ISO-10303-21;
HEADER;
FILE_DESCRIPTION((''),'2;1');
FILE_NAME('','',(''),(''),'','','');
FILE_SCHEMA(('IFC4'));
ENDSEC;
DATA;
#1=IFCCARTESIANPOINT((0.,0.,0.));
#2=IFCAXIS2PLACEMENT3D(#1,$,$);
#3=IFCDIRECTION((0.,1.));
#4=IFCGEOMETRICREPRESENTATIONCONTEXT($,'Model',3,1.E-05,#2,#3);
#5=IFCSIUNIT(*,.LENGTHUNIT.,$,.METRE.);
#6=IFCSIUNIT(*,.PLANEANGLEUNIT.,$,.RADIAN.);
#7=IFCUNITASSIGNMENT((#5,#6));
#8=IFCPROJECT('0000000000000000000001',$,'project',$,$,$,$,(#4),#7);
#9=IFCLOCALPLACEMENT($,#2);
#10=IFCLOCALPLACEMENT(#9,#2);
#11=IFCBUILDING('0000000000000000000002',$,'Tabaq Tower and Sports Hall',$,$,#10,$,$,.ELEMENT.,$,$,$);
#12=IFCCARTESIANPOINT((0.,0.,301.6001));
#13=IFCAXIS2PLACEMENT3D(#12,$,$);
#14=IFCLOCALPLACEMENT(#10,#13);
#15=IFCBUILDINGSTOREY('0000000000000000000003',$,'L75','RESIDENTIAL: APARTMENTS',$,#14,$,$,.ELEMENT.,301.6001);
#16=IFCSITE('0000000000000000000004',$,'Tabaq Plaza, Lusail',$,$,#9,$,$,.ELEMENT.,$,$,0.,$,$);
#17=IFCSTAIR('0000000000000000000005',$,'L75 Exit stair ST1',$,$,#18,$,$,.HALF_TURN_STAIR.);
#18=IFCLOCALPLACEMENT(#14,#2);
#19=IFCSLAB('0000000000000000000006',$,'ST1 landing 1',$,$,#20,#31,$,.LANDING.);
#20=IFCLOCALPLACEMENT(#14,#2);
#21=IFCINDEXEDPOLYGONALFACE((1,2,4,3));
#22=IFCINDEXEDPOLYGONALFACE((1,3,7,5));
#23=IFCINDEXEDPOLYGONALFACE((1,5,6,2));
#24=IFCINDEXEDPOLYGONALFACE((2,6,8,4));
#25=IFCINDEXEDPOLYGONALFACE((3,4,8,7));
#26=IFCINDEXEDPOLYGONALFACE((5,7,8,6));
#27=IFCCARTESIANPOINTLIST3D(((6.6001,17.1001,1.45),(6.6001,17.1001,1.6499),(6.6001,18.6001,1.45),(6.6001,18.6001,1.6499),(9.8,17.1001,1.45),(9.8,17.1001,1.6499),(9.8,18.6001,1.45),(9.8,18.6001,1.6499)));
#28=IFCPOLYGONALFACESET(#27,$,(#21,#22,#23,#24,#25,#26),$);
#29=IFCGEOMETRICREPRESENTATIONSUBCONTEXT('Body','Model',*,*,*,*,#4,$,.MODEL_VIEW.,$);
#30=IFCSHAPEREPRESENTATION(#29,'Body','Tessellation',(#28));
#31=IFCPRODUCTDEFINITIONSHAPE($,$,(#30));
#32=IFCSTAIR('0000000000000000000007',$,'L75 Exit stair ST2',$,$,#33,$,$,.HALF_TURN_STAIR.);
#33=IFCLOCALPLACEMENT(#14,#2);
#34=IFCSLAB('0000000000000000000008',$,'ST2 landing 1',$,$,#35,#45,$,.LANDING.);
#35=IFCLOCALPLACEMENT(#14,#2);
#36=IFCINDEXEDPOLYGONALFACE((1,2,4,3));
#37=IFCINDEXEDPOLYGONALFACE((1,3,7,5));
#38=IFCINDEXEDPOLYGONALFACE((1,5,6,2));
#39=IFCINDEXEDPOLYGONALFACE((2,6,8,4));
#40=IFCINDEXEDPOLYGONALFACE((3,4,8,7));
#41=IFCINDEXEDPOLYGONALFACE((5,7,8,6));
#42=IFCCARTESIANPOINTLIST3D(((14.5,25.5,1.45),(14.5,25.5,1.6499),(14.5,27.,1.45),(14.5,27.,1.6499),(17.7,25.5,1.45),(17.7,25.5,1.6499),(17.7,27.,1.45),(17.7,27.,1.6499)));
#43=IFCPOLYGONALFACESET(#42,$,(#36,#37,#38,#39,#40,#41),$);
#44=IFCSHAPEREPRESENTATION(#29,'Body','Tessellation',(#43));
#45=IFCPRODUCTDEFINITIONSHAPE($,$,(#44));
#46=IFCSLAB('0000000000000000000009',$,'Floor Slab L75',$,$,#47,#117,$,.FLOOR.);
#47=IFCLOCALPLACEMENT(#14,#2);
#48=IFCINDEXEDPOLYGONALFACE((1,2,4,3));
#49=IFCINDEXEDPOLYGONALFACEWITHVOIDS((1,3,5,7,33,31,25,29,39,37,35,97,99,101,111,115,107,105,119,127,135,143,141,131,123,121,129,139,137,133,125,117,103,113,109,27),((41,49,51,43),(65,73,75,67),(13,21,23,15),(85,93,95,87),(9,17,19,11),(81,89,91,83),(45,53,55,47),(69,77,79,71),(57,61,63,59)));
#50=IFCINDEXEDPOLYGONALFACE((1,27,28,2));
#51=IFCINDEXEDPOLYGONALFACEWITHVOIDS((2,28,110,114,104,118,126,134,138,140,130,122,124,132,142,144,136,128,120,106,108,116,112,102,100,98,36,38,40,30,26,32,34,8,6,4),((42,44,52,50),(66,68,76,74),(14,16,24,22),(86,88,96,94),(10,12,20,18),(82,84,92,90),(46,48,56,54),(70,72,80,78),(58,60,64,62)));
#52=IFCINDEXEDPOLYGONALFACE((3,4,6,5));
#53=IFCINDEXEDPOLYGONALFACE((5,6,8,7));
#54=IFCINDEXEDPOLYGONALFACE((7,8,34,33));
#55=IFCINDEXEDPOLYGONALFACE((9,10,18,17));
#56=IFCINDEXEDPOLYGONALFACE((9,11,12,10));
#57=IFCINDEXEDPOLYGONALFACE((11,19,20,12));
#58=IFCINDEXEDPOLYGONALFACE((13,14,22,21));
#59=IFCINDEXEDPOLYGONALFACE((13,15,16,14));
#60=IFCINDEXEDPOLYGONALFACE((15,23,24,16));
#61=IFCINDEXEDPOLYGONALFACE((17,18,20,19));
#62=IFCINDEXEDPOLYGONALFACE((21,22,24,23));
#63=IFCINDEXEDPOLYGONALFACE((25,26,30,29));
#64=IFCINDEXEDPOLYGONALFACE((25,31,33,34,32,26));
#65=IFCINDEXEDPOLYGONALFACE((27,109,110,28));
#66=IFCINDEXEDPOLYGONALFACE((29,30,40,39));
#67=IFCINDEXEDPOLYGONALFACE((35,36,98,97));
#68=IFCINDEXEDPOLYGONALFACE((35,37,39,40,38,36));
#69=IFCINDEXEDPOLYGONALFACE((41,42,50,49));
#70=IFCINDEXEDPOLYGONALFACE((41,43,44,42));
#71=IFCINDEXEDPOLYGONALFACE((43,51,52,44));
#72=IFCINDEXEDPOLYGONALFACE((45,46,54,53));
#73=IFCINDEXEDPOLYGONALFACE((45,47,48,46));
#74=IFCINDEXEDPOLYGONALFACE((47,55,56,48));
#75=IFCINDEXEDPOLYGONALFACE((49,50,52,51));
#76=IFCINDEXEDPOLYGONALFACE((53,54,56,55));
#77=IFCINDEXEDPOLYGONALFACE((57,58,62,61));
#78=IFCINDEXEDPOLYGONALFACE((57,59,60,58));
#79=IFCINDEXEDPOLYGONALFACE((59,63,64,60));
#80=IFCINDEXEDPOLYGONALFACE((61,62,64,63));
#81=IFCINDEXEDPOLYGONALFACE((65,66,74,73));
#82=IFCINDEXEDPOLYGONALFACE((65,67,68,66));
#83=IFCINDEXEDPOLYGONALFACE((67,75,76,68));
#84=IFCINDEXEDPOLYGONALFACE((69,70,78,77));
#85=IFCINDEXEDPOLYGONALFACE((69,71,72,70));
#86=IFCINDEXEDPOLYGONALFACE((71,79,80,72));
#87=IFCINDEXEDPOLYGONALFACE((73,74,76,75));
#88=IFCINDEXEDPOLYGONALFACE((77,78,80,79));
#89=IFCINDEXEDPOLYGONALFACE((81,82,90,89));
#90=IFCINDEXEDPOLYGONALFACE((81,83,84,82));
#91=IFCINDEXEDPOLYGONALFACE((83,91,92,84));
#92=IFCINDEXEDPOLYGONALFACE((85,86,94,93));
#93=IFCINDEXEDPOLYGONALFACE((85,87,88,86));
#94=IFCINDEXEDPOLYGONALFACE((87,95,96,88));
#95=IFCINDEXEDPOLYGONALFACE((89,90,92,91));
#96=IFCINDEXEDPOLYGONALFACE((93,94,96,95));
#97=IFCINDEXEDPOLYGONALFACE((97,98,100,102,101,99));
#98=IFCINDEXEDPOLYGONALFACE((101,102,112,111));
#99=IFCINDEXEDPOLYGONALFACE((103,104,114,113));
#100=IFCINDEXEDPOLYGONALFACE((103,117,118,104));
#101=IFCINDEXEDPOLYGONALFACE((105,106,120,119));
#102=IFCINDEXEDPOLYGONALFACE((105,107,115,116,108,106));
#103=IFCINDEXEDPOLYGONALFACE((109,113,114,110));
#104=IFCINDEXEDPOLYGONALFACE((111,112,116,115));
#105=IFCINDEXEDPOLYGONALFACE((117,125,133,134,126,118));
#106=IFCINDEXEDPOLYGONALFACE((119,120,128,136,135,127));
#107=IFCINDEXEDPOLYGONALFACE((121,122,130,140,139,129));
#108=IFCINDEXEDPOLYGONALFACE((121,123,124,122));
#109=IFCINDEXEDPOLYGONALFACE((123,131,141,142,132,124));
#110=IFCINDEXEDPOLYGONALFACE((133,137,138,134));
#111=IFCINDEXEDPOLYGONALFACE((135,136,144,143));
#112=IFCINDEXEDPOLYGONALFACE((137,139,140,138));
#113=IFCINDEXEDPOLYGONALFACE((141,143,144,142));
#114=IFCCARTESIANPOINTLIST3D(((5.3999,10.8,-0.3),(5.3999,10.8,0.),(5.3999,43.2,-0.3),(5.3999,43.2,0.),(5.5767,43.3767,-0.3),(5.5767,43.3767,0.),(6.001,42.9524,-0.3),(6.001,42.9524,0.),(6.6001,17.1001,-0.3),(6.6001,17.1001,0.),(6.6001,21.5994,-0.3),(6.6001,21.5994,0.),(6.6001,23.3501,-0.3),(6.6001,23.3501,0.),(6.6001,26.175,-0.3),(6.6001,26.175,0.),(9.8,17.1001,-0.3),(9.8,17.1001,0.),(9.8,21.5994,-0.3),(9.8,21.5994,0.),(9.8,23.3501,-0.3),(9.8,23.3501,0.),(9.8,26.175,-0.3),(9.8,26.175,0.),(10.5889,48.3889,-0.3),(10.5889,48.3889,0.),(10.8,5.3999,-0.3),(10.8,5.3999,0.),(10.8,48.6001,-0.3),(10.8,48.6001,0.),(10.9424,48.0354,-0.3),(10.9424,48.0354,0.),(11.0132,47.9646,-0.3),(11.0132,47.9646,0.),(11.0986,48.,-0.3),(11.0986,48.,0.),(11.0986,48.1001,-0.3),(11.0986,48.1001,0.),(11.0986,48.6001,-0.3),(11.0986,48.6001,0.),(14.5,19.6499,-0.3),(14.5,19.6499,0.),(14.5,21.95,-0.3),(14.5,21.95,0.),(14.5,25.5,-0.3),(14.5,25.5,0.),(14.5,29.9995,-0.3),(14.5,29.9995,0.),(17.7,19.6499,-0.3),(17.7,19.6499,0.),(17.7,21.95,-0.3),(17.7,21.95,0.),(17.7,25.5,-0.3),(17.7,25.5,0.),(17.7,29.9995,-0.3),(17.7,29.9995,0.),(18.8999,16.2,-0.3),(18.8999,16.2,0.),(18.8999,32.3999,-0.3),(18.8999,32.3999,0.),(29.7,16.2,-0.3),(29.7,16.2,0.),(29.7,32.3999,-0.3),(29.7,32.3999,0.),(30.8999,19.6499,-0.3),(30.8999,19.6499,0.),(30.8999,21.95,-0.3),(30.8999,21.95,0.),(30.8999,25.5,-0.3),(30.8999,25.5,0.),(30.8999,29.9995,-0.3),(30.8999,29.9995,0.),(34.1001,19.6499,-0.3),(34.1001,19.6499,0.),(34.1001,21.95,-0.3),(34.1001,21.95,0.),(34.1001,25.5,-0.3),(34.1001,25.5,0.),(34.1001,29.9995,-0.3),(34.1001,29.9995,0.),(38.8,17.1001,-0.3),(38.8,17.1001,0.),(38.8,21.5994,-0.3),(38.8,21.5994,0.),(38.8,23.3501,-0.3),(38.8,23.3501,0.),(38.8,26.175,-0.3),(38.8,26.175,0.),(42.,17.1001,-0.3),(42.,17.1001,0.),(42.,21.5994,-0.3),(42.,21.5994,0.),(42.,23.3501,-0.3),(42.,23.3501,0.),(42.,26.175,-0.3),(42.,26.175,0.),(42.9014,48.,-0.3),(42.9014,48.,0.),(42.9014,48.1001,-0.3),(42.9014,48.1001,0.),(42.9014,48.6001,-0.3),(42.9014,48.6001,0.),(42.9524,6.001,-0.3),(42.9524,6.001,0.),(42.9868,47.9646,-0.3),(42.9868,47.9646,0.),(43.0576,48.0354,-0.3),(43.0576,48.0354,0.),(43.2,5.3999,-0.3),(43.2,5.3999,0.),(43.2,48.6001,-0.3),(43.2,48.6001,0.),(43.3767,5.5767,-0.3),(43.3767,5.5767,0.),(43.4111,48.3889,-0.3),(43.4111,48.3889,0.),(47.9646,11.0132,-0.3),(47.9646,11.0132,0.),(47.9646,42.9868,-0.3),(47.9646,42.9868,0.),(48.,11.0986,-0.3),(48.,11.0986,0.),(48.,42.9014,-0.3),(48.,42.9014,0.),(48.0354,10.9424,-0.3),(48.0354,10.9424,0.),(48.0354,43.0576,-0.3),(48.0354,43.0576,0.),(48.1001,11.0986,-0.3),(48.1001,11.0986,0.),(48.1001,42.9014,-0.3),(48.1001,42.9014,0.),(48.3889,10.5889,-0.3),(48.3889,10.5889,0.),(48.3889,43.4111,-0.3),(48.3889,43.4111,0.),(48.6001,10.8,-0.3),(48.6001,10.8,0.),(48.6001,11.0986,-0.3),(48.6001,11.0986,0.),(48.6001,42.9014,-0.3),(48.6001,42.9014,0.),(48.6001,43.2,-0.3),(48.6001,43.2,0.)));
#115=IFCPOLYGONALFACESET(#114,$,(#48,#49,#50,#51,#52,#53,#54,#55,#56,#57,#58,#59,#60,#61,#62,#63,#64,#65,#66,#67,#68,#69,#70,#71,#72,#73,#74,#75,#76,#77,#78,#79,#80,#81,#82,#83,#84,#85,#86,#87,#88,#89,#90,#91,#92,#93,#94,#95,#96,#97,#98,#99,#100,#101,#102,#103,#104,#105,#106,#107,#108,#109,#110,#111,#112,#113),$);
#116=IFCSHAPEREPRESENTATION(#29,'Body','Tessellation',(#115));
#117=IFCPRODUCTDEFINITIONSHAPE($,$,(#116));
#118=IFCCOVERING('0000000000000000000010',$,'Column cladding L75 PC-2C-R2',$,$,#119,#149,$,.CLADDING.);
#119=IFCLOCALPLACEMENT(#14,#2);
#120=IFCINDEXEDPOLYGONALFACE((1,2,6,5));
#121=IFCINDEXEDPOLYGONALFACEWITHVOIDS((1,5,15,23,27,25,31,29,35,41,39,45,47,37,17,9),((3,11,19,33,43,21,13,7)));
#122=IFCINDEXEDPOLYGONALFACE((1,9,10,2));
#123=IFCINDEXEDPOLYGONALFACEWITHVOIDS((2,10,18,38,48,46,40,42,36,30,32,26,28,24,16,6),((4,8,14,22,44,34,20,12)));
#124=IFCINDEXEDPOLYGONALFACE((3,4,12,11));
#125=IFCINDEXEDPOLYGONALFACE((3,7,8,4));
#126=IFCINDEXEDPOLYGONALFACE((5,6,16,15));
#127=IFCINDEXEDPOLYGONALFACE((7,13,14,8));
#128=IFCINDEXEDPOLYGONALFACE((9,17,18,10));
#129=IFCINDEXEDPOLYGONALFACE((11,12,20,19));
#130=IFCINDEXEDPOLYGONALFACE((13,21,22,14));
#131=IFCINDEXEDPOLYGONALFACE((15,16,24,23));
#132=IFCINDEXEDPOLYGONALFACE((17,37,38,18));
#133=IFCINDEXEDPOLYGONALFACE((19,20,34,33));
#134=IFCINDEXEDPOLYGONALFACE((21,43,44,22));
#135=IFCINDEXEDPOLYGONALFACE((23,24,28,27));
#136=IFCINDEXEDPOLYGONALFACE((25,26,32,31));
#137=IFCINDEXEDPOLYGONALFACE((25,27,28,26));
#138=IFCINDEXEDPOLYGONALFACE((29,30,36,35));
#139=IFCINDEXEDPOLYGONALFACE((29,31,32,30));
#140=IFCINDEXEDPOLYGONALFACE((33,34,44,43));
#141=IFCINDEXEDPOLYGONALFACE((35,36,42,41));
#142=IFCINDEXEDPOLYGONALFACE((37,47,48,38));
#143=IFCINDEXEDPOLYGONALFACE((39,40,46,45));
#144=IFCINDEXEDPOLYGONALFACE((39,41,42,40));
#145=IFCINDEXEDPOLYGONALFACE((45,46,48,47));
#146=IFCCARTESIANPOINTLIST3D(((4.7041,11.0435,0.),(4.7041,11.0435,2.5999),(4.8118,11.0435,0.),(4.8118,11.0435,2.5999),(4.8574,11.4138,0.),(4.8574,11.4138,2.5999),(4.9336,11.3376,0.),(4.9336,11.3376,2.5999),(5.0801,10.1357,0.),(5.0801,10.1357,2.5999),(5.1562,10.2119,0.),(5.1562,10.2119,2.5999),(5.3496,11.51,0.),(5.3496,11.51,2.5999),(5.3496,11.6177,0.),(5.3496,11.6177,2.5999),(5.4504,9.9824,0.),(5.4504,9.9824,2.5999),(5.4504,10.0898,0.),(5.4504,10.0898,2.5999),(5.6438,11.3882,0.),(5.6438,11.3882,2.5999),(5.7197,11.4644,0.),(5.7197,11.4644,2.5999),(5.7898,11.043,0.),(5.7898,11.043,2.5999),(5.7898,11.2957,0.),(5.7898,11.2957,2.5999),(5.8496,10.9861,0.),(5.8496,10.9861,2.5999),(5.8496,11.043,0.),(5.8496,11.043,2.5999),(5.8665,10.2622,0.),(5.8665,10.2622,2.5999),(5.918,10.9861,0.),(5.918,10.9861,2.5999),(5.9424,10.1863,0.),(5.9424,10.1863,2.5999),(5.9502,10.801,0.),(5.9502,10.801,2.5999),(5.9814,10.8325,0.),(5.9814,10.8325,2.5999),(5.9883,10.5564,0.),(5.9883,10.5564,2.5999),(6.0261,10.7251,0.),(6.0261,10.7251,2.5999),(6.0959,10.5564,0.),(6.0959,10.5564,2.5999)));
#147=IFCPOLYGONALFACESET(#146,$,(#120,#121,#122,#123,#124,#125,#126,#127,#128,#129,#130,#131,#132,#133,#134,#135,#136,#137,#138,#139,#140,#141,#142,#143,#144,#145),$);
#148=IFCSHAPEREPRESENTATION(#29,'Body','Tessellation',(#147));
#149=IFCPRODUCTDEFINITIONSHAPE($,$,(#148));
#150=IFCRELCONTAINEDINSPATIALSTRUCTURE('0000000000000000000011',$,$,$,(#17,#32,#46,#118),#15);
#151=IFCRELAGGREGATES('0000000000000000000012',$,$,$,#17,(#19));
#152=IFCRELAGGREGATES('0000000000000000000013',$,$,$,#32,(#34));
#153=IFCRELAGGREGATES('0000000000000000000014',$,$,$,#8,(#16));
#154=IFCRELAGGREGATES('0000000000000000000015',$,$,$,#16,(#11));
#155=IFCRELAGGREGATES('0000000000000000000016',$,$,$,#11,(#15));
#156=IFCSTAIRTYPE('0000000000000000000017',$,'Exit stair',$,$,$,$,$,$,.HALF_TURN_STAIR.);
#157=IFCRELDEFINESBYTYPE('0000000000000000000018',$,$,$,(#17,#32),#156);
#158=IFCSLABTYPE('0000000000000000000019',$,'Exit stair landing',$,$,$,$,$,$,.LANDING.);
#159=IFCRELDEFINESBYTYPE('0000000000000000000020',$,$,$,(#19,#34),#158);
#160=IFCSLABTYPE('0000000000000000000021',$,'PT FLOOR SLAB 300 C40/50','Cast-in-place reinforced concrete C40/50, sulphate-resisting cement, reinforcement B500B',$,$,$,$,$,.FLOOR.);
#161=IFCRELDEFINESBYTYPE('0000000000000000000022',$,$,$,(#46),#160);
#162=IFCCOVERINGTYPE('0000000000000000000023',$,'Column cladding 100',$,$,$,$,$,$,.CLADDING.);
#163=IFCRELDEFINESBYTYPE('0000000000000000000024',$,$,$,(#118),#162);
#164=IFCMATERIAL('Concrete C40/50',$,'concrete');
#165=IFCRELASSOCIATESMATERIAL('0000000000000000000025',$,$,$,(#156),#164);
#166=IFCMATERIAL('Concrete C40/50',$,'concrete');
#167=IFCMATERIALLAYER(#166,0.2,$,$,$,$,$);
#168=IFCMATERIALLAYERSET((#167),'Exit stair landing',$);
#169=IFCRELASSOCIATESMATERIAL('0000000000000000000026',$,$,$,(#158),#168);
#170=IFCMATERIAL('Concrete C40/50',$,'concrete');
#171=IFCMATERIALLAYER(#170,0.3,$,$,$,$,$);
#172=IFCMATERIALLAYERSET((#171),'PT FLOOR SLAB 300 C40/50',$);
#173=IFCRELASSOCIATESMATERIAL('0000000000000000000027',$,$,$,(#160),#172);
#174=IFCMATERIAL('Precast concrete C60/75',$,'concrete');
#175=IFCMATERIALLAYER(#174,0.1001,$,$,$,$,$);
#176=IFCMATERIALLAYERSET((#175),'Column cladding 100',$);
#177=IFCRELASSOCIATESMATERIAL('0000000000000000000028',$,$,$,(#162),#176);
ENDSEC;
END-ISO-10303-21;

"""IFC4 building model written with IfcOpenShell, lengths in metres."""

from ifc_helpers import new_model, si_unit, direction, frame, origin, place, context, subcontext, project, spatial, polyline, outline, extrude, material, layer, layer_set, type_object, element, aggregate, save


model = new_model("IFC4")

# Units and contexts
model_context = context("Model", 3, precision=1e-05, world=origin(), true_north=direction((0.0, 1.0)))
body_context = subcontext(model_context, "Body", "Model", "MODEL_VIEW")
ifc_project = project(units=[si_unit("LENGTHUNIT", "METRE"), si_unit("PLANEANGLEUNIT", "RADIAN")], contexts=[model_context])

# Site, building, storey
site_placement = place(None, origin())
site = spatial("IfcSite", under=ifc_project, at=site_placement, Name="Tabaq Plaza, Lusail", CompositionType="ELEMENT", RefElevation=0.0)
building_placement = place(site_placement, origin())
building = spatial("IfcBuilding", under=site, at=building_placement, Name="Tabaq Tower and Sports Hall", CompositionType="ELEMENT")
storey_placement = place(building_placement, frame((0.0, 0.0, 301.6001)))
storey = spatial("IfcBuildingStorey", under=building, at=storey_placement, Name="L75", Description="RESIDENTIAL: APARTMENTS", CompositionType="ELEMENT", Elevation=301.6001)

# Stairs, slabs
ifc_material_1 = material(Name="Concrete C40/50", Category="concrete")
stair_type = type_object("IfcStairType", Name="Exit stair", PredefinedType="HALF_TURN_STAIR", material=ifc_material_1)
stair_1_placement = place(storey_placement, origin())
stair_1 = element("IfcStair", 1, at=stair_1_placement, inside=storey, type_object=stair_type, Name="L75 Exit stair ST1", PredefinedType="HALF_TURN_STAIR")
ifc_material_2 = material(Name="Concrete C40/50", Category="concrete")
ifc_layer_1 = layer(ifc_material_2, 0.2)
ifc_layer_set_1 = layer_set([ifc_layer_1], Name="Exit stair landing")
slab_type_1 = type_object("IfcSlabType", Name="Exit stair landing", PredefinedType="LANDING", material=ifc_layer_set_1)
slab_1_placement = place(storey_placement, frame((0.0, 0.0, 1.45)))
slab_1 = element("IfcSlab", 2, at=slab_1_placement, type_object=slab_type_1, Name="ST1 landing 1", PredefinedType="LANDING", context=body_context, shape_type="SweptSolid", body=[
    extrude(outline(polyline([(6.6001, 18.6001), (6.6001, 17.1001), (9.8, 17.1001), (9.8, 18.6001), (6.6001, 18.6001)])), origin(), (0.0, 0.0, 1.0), 0.2),
])
aggregate(stair_1, [slab_1])
stair_2_placement = place(storey_placement, origin())
stair_2 = element("IfcStair", 3, at=stair_2_placement, inside=storey, type_object=stair_type, Name="L75 Exit stair ST2", PredefinedType="HALF_TURN_STAIR")
slab_2_placement = place(storey_placement, frame((0.0, 0.0, 1.45)))
slab_2 = element("IfcSlab", 4, at=slab_2_placement, type_object=slab_type_1, Name="ST2 landing 1", PredefinedType="LANDING", context=body_context, shape_type="SweptSolid", body=[
    extrude(outline(polyline([(14.5, 27.0), (14.5, 25.5), (17.7, 25.5), (17.7, 27.0), (14.5, 27.0)])), origin(), (0.0, 0.0, 1.0), 0.2),
])
aggregate(stair_2, [slab_2])

# Slab
ifc_material_3 = material(Name="Concrete C40/50", Category="concrete")
ifc_layer_2 = layer(ifc_material_3, 0.3)
ifc_layer_set_2 = layer_set([ifc_layer_2], Name="PT FLOOR SLAB 300 C40/50")
slab_type_2 = type_object("IfcSlabType", Name="PT FLOOR SLAB 300 C40/50", Description="Cast-in-place reinforced concrete C40/50, sulphate-resisting cement, reinforcement B500B", PredefinedType="FLOOR", material=ifc_layer_set_2)
slab_3_placement = place(storey_placement, frame((0.0, 0.0, -0.3)))
element("IfcSlab", 5, at=slab_3_placement, inside=storey, type_object=slab_type_2, Name="Floor Slab L75", PredefinedType="FLOOR", context=body_context, shape_type="SweptSolid", body=[
    extrude(outline(polyline([(5.3999, 43.2), (5.3999, 10.8), (10.8, 5.3999), (43.2, 5.3999), (43.3767, 5.5767), (42.9524, 6.001), (47.9646, 11.0132), (48.0354, 10.9424), (48.3889, 10.5889), (48.6001, 10.8), (48.6001, 11.0986), (48.1001, 11.0986), (48.0, 11.0986), (48.0, 42.9014), (48.1001, 42.9014), (48.6001, 42.9014), (48.6001, 43.2), (48.3889, 43.4111), (48.0354, 43.0576), (47.9646, 42.9868), (42.9868, 47.9646), (43.0576, 48.0354), (43.4111, 48.3889), (43.2, 48.6001), (42.9014, 48.6001), (42.9014, 48.1001), (42.9014, 48.0), (11.0986, 48.0), (11.0986, 48.1001), (11.0986, 48.6001), (10.8, 48.6001), (10.5889, 48.3889), (10.9424, 48.0354), (11.0132, 47.9646), (6.001, 42.9524), (5.5767, 43.3767), (5.3999, 43.2)]), holes=[polyline([(6.6001, 21.5994), (9.8, 21.5994), (9.8, 17.1001), (6.6001, 17.1001), (6.6001, 21.5994)]), polyline([(38.8, 21.5994), (42.0, 21.5994), (42.0, 17.1001), (38.8, 17.1001), (38.8, 21.5994)]), polyline([(14.5, 21.95), (17.7, 21.95), (17.7, 19.6499), (14.5, 19.6499), (14.5, 21.95)]), polyline([(30.8999, 21.95), (34.1001, 21.95), (34.1001, 19.6499), (30.8999, 19.6499), (30.8999, 21.95)]), polyline([(18.8999, 16.2), (18.8999, 32.3999), (29.7, 32.3999), (29.7, 16.2), (18.8999, 16.2)]), polyline([(6.6001, 26.175), (9.8, 26.175), (9.8, 23.3501), (6.6001, 23.3501), (6.6001, 26.175)]), polyline([(38.8, 26.175), (42.0, 26.175), (42.0, 23.3501), (38.8, 23.3501), (38.8, 26.175)]), polyline([(17.7, 29.9995), (17.7, 25.5), (14.5, 25.5), (14.5, 29.9995), (17.7, 29.9995)]), polyline([(34.1001, 29.9995), (34.1001, 25.5), (30.8999, 25.5), (30.8999, 29.9995), (34.1001, 29.9995)])]), origin(), (0.0, 0.0, 1.0), 0.3),
])

# Covering
ifc_material_4 = material(Name="Precast concrete C60/75", Category="concrete")
ifc_layer_3 = layer(ifc_material_4, 0.1001)
ifc_layer_set_3 = layer_set([ifc_layer_3], Name="Column cladding 100")
covering_type = type_object("IfcCoveringType", Name="Column cladding 100", PredefinedType="CLADDING", material=ifc_layer_set_3)
covering_1_placement = place(storey_placement, origin())
element("IfcCovering", 6, at=covering_1_placement, inside=storey, type_object=covering_type, Name="Column cladding L75 PC-2C-R2", PredefinedType="CLADDING", context=body_context, shape_type="SweptSolid", body=[
    extrude(outline(polyline([(5.4504, 9.9824), (5.0801, 10.1357), (4.7041, 11.0435), (4.8574, 11.4138), (5.3496, 11.6177), (5.7197, 11.4644), (5.7898, 11.2957), (5.7898, 11.043), (5.8496, 11.043), (5.8496, 10.9861), (5.918, 10.9861), (5.9814, 10.8325), (5.9502, 10.801), (6.0261, 10.7251), (6.0959, 10.5564), (5.9424, 10.1863), (5.4504, 9.9824)]), holes=[polyline([(5.3496, 11.51), (4.9336, 11.3376), (4.8118, 11.0435), (5.1562, 10.2119), (5.4504, 10.0898), (5.8665, 10.2622), (5.9883, 10.5564), (5.6438, 11.3882), (5.3496, 11.51)])]), origin(), (0.0, 0.0, 1.0), 2.5999),
])

save(model, "model.ifc")
